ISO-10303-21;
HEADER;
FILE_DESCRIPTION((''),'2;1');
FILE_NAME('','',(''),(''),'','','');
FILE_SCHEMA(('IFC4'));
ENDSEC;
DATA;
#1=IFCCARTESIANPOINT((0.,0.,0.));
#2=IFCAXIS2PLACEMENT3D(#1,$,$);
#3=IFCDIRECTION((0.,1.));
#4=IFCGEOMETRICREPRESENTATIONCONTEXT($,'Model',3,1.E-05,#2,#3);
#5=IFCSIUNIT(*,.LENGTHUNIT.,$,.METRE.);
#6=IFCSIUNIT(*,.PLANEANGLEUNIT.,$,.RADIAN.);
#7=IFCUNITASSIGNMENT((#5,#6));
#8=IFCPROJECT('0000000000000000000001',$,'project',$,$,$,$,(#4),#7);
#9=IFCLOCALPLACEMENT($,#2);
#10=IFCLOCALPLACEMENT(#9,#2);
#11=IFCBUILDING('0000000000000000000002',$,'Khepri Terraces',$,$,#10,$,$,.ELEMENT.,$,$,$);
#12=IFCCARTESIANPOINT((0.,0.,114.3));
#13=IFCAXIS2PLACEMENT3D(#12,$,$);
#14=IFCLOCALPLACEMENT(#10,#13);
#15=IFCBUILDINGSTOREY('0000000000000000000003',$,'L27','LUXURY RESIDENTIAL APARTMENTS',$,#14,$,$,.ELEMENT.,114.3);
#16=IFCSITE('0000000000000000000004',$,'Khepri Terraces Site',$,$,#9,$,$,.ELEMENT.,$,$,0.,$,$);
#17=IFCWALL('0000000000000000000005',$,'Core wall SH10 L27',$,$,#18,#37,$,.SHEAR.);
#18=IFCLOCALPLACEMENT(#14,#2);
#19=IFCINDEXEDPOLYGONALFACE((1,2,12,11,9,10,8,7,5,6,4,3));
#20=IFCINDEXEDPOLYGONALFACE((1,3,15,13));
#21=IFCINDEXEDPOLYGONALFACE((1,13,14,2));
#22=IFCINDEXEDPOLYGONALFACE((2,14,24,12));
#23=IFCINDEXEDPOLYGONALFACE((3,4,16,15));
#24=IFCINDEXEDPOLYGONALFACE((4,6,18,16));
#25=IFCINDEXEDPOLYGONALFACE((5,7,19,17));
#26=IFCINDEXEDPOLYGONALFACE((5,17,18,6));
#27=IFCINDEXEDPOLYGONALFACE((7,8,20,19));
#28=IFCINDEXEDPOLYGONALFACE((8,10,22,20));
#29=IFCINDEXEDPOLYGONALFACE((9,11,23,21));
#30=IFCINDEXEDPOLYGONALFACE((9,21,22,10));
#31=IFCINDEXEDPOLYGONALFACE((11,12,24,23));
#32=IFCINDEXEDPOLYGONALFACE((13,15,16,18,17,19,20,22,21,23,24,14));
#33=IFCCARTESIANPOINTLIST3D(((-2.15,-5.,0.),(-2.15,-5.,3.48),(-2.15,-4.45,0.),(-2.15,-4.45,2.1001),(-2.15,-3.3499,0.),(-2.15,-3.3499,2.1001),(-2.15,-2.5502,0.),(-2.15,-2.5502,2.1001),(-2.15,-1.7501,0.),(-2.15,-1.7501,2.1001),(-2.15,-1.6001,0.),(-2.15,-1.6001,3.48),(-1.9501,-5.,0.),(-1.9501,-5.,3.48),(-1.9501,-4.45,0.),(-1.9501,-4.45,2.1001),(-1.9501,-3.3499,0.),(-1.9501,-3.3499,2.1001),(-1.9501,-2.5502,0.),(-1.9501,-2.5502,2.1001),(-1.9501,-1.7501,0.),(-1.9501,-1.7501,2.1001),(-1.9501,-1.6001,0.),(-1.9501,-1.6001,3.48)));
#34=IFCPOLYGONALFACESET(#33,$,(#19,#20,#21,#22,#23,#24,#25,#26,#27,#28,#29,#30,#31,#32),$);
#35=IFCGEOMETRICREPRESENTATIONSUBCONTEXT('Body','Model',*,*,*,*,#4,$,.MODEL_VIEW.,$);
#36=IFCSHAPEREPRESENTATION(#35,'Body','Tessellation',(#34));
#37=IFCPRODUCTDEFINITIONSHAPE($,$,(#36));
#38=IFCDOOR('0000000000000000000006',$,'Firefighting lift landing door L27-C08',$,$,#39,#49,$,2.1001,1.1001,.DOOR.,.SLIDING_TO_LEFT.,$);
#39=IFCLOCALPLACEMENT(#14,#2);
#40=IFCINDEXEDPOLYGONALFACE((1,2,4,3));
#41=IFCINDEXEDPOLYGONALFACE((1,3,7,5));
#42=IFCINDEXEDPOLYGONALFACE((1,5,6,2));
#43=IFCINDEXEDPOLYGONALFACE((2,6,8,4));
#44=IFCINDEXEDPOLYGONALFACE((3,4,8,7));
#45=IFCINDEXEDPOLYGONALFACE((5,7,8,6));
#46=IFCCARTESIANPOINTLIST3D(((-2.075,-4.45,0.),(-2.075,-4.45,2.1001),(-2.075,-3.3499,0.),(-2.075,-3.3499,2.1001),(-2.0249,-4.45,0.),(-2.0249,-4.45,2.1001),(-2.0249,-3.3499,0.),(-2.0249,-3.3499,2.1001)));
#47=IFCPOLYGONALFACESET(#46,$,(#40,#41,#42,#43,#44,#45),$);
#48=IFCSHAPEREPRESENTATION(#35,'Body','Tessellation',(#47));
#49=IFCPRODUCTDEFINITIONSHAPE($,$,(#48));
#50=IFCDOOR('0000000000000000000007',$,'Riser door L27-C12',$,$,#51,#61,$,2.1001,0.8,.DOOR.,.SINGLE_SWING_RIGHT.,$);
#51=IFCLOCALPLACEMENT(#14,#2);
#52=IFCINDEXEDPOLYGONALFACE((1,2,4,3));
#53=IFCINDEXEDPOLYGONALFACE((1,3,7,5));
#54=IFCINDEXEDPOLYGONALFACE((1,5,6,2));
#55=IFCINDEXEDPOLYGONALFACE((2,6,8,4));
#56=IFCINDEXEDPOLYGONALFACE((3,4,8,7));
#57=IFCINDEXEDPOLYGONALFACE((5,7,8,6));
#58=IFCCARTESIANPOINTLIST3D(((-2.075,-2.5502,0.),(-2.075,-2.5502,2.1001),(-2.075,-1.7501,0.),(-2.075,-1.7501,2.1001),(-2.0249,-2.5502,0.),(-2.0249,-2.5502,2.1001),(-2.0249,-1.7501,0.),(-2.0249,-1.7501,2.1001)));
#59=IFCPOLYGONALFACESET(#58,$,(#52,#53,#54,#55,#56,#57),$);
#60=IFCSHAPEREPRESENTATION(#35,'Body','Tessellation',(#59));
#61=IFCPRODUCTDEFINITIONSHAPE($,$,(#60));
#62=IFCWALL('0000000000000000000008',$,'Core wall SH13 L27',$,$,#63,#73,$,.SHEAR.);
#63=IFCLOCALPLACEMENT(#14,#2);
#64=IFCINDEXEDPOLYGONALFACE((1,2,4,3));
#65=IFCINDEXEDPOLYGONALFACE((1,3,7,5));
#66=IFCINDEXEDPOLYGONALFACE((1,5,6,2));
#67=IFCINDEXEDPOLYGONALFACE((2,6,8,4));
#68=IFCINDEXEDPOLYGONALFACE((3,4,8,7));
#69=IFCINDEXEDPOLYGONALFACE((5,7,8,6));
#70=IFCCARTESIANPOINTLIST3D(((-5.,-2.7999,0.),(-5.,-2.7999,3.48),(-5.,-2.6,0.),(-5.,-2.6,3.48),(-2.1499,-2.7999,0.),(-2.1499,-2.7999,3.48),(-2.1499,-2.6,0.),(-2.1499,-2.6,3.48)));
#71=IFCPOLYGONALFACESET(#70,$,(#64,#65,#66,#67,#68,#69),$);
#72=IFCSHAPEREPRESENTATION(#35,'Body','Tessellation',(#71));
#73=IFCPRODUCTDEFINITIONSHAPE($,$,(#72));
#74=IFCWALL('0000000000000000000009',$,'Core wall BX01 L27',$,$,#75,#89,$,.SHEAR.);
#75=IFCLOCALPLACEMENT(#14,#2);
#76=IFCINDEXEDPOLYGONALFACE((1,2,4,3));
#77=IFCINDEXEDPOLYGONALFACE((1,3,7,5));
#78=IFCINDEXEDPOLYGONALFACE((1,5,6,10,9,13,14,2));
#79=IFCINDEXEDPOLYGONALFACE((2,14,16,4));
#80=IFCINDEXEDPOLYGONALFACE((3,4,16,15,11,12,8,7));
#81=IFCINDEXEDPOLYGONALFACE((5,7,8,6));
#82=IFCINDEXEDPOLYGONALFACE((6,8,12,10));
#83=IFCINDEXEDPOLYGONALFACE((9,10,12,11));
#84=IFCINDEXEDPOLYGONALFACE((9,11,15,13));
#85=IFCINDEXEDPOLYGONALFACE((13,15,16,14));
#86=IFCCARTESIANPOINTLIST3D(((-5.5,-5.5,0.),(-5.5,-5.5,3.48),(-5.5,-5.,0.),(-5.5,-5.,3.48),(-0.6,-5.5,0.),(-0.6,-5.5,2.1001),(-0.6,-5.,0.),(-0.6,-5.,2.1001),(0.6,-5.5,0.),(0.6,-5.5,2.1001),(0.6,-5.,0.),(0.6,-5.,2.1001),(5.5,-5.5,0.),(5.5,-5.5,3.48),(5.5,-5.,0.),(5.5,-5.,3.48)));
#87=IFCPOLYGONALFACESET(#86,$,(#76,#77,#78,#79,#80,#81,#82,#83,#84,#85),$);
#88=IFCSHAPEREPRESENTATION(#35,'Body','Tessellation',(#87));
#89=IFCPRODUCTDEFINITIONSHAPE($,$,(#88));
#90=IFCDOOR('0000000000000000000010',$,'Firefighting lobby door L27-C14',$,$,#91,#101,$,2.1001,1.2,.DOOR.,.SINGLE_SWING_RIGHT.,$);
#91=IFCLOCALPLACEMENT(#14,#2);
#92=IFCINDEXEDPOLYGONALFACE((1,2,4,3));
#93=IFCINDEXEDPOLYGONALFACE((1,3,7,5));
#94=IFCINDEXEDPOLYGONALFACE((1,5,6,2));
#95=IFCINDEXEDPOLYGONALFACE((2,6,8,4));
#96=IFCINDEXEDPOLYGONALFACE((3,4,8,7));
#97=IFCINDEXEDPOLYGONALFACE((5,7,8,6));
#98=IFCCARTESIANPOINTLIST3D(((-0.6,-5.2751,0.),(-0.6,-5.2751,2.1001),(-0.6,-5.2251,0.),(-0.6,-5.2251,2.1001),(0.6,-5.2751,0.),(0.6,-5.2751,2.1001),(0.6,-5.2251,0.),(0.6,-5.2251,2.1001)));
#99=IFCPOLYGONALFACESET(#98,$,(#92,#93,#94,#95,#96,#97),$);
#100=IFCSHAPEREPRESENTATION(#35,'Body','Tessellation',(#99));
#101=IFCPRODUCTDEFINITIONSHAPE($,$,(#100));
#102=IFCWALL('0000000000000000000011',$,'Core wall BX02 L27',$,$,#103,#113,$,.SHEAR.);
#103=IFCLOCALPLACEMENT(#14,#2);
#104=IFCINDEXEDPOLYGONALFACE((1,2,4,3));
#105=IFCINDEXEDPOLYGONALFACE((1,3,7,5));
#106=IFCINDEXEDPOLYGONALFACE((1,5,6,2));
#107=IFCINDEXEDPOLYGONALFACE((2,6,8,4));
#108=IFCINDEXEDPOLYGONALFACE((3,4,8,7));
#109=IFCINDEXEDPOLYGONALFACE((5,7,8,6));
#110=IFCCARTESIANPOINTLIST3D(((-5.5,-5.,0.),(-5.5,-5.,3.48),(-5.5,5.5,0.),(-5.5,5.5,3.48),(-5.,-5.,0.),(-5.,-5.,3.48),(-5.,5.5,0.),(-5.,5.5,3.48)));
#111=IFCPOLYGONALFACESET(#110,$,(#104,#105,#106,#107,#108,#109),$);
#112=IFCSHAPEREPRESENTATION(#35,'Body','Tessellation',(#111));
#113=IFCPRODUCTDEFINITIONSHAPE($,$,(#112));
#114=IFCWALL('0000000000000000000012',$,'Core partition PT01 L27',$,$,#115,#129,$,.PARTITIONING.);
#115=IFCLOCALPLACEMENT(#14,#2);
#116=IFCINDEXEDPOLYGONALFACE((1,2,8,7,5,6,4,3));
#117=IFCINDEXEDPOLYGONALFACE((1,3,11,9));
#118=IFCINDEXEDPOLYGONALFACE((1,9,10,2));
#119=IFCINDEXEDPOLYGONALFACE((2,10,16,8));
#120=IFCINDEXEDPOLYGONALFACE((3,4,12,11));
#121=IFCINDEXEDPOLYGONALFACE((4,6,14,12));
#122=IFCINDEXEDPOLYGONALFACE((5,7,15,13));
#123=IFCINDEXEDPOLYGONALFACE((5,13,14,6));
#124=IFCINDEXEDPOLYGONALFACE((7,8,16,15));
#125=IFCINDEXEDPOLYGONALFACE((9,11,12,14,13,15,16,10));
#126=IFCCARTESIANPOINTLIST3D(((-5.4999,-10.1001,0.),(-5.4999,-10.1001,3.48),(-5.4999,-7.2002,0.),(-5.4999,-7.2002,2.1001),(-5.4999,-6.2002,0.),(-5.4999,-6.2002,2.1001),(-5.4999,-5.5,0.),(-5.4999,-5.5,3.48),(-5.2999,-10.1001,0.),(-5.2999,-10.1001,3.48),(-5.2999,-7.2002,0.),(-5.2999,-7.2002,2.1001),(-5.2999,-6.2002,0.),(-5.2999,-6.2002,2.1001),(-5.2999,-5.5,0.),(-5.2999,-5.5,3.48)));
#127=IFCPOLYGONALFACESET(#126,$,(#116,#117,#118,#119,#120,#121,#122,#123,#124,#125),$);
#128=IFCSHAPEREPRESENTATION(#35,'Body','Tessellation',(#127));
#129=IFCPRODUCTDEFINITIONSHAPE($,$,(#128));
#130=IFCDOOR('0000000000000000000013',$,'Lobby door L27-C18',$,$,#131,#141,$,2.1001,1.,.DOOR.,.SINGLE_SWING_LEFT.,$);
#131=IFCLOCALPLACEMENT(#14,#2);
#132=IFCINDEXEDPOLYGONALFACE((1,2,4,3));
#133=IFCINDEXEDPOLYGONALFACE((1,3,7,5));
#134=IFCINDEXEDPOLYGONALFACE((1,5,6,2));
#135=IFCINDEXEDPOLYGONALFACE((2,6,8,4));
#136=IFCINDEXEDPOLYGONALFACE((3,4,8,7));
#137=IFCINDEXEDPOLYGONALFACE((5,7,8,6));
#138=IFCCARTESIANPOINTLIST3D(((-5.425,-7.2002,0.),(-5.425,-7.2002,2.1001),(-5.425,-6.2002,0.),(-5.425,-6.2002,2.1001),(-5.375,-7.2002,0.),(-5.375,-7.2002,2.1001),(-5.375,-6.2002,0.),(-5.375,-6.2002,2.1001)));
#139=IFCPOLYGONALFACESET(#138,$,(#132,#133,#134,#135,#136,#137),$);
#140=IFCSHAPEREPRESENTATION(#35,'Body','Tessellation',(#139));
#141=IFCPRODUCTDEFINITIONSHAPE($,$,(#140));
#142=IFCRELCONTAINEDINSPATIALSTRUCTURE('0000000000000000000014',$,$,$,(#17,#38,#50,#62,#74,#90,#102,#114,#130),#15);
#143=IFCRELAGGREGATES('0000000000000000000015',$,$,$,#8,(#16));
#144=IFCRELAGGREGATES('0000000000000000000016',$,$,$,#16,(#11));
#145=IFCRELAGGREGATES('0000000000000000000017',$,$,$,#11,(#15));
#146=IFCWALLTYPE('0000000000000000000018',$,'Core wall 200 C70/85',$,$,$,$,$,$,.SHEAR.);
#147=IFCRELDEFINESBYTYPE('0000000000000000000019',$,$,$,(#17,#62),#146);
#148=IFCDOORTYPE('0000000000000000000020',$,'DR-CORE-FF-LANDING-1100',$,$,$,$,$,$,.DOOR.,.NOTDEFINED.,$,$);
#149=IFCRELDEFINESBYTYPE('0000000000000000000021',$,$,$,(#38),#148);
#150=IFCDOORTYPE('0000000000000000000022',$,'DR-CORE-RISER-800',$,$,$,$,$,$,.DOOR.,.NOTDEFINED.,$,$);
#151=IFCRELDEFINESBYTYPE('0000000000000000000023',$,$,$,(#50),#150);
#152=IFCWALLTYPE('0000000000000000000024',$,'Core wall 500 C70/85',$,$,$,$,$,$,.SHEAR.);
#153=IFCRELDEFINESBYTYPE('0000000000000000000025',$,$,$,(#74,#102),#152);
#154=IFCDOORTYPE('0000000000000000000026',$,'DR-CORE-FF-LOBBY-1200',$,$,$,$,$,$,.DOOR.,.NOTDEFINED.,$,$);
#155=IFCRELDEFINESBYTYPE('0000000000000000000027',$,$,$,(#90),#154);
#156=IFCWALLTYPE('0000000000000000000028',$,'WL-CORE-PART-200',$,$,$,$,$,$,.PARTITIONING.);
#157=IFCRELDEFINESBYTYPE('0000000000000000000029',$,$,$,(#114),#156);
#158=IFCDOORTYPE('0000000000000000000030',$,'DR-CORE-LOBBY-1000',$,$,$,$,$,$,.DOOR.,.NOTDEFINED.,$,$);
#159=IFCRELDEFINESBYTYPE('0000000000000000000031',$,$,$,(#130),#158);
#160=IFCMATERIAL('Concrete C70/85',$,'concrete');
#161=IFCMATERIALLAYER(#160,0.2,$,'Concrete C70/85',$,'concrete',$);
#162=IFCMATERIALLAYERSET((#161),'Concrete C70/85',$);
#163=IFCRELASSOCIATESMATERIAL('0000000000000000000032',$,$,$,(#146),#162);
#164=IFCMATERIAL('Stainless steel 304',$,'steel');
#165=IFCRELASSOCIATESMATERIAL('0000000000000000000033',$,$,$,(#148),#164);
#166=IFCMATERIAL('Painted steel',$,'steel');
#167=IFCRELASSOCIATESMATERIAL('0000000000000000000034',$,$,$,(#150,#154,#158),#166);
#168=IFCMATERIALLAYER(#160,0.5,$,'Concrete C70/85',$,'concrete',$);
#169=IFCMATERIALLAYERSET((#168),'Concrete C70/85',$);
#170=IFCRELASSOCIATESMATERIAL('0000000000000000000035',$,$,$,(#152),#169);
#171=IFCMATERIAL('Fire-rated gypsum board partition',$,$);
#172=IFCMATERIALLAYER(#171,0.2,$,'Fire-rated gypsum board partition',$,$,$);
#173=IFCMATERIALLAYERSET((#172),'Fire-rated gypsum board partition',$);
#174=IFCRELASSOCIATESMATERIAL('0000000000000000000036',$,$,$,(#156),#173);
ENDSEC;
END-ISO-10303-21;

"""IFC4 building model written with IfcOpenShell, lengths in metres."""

from ifc_helpers import new_model, si_unit, direction, frame, frame_2d, origin, place, context, subcontext, project, spatial, rectangle, extrude, material, layer, layer_set, type_object, element, fill, save


model = new_model("IFC4")

# Units and contexts
model_context = context("Model", 3, precision=1e-05, world=origin(), true_north=direction((0.0, 1.0)))
body_context = subcontext(model_context, "Body", "Model", "MODEL_VIEW")
ifc_project = project(units=[si_unit("LENGTHUNIT", "METRE"), si_unit("PLANEANGLEUNIT", "RADIAN")], contexts=[model_context])

# Site, building, storey
site_placement = place(None, origin())
site = spatial("IfcSite", under=ifc_project, at=site_placement, Name="Khepri Terraces Site", CompositionType="ELEMENT", RefElevation=0.0)
building_placement = place(site_placement, origin())
building = spatial("IfcBuilding", under=site, at=building_placement, Name="Khepri Terraces", CompositionType="ELEMENT")
storey_placement = place(building_placement, frame((0.0, 0.0, 114.3)))
storey = spatial("IfcBuildingStorey", under=building, at=storey_placement, Name="L27", Description="LUXURY RESIDENTIAL APARTMENTS", CompositionType="ELEMENT", Elevation=114.3)

# Shared definitions
ifc_material_1 = material(Name="Concrete C70/85", Category="concrete")
ifc_layer_1 = layer(ifc_material_1, 0.2, Name="Concrete C70/85", Category="concrete")
ifc_layer_set_1 = layer_set([ifc_layer_1], Name="Concrete C70/85")
wall_type_1 = type_object("IfcWallType", Name="Core wall 200 C70/85", PredefinedType="SHEAR", material=ifc_layer_set_1)

# Shared definitions
ifc_material_2 = material(Name="Painted steel", Category="steel")

# Wall, openings, doors
ifc_material_3 = material(Name="Stainless steel 304", Category="steel")
wall_1_placement = place(storey_placement, frame((-2.05, -5.0, 0.0), z_axis=(0.0, 0.0, 1.0), x_axis=(0.0, 1.0, 0.0)))
wall_1 = element("IfcWall", 1, at=wall_1_placement, inside=storey, type_object=wall_type_1, Name="Core wall SH10 L27", PredefinedType="SHEAR", context=body_context, shape_type="SweptSolid", body=[
    extrude(rectangle(XDim=3.3999, YDim=0.2, at=frame_2d((1.7, 0.0))), origin(), (0.0, 0.0, 1.0), 3.48),
])
opening_1_placement = place(wall_1_placement, frame((0.55, 0.0, 0.0)))
opening_1 = element("IfcOpeningElement", 2, at=opening_1_placement, cuts=wall_1, PredefinedType="OPENING", context=body_context, shape_type="SweptSolid", body=[
    extrude(rectangle(XDim=1.1001, YDim=2.1001, at=frame_2d((0.55, 1.05))), frame((0.0, 0.1099, 0.0), z_axis=(0.0, -1.0, 0.0), x_axis=(1.0, 0.0, 0.0)), (0.0, 0.0, 1.0), 0.22),
])
opening_2_placement = place(wall_1_placement, frame((2.45, 0.0, 0.0)))
opening_2 = element("IfcOpeningElement", 3, at=opening_2_placement, cuts=wall_1, PredefinedType="OPENING", context=body_context, shape_type="SweptSolid", body=[
    extrude(rectangle(XDim=0.8, YDim=2.1001, at=frame_2d((0.3999, 1.05))), frame((0.0, 0.1099, 0.0), z_axis=(0.0, -1.0, 0.0), x_axis=(1.0, 0.0, 0.0)), (0.0, 0.0, 1.0), 0.22),
])
door_type_1 = type_object("IfcDoorType", Name="DR-CORE-FF-LANDING-1100", OperationType="NOTDEFINED", PredefinedType="DOOR", material=ifc_material_3)
door_1_placement = place(opening_1_placement, origin())
door_1 = element("IfcDoor", 4, at=door_1_placement, inside=storey, type_object=door_type_1, Name="Firefighting lift landing door L27-C08", OperationType="SLIDING_TO_LEFT", OverallHeight=2.1001, OverallWidth=1.1001, PredefinedType="DOOR", context=body_context, shape_type="SweptSolid", body=[
    extrude(rectangle(XDim=1.1001, YDim=2.1001, at=frame_2d((0.55, 1.05))), frame((0.0, 0.0249, 0.0), z_axis=(0.0, -1.0, 0.0), x_axis=(1.0, 0.0, 0.0)), (0.0, 0.0, 1.0), 0.05),
])
fill(opening_1, door_1)
door_type_2 = type_object("IfcDoorType", Name="DR-CORE-RISER-800", OperationType="NOTDEFINED", PredefinedType="DOOR", material=ifc_material_2)
door_2_placement = place(opening_2_placement, origin())
door_2 = element("IfcDoor", 5, at=door_2_placement, inside=storey, type_object=door_type_2, Name="Riser door L27-C12", OperationType="SINGLE_SWING_RIGHT", OverallHeight=2.1001, OverallWidth=0.8, PredefinedType="DOOR", context=body_context, shape_type="SweptSolid", body=[
    extrude(rectangle(XDim=0.8, YDim=2.1001, at=frame_2d((0.3999, 1.05))), frame((0.0, 0.0249, 0.0), z_axis=(0.0, -1.0, 0.0), x_axis=(1.0, 0.0, 0.0)), (0.0, 0.0, 1.0), 0.05),
])
fill(opening_2, door_2)

# Wall
wall_2_placement = place(storey_placement, frame((-5.0, -2.7, 0.0), z_axis=(0.0, 0.0, 1.0), x_axis=(1.0, 0.0, 0.0)))
element("IfcWall", 6, at=wall_2_placement, inside=storey, type_object=wall_type_1, Name="Core wall SH13 L27", PredefinedType="SHEAR", context=body_context, shape_type="SweptSolid", body=[
    extrude(rectangle(XDim=2.8501, YDim=0.2, at=frame_2d((1.425, 0.0))), origin(), (0.0, 0.0, 1.0), 3.48),
])

# Wall, opening, door
ifc_layer_2 = layer(ifc_material_1, 0.5, Name="Concrete C70/85", Category="concrete")
ifc_layer_set_2 = layer_set([ifc_layer_2], Name="Concrete C70/85")
wall_type_2 = type_object("IfcWallType", Name="Core wall 500 C70/85", PredefinedType="SHEAR", material=ifc_layer_set_2)
wall_3_placement = place(storey_placement, frame((-5.5, -5.25, 0.0), z_axis=(0.0, 0.0, 1.0), x_axis=(1.0, 0.0, 0.0)))
wall_3 = element("IfcWall", 7, at=wall_3_placement, inside=storey, type_object=wall_type_2, Name="Core wall BX01 L27", PredefinedType="SHEAR", context=body_context, shape_type="SweptSolid", body=[
    extrude(rectangle(XDim=11.0, YDim=0.5, at=frame_2d((5.5, 0.0))), origin(), (0.0, 0.0, 1.0), 3.48),
])
opening_3_placement = place(wall_3_placement, frame((4.8999, 0.0, 0.0)))
opening_3 = element("IfcOpeningElement", 8, at=opening_3_placement, cuts=wall_3, PredefinedType="OPENING", context=body_context, shape_type="SweptSolid", body=[
    extrude(rectangle(XDim=1.2, YDim=2.1001, at=frame_2d((0.6001, 1.05))), frame((0.0, 0.26, 0.0), z_axis=(0.0, -1.0, 0.0), x_axis=(1.0, 0.0, 0.0)), (0.0, 0.0, 1.0), 0.52),
])
door_type_3 = type_object("IfcDoorType", Name="DR-CORE-FF-LOBBY-1200", OperationType="NOTDEFINED", PredefinedType="DOOR", material=ifc_material_2)
door_3_placement = place(opening_3_placement, origin())
door_3 = element("IfcDoor", 9, at=door_3_placement, inside=storey, type_object=door_type_3, Name="Firefighting lobby door L27-C14", OperationType="SINGLE_SWING_RIGHT", OverallHeight=2.1001, OverallWidth=1.2, PredefinedType="DOOR", context=body_context, shape_type="SweptSolid", body=[
    extrude(rectangle(XDim=1.2, YDim=2.1001, at=frame_2d((0.6001, 1.05))), frame((0.0, 0.0249, 0.0), z_axis=(0.0, -1.0, 0.0), x_axis=(1.0, 0.0, 0.0)), (0.0, 0.0, 1.0), 0.05),
])
fill(opening_3, door_3)

# Wall
wall_4_placement = place(storey_placement, frame((-5.25, -5.0, 0.0), z_axis=(0.0, 0.0, 1.0), x_axis=(0.0, 1.0, 0.0)))
element("IfcWall", 10, at=wall_4_placement, inside=storey, type_object=wall_type_2, Name="Core wall BX02 L27", PredefinedType="SHEAR", context=body_context, shape_type="SweptSolid", body=[
    extrude(rectangle(XDim=10.5, YDim=0.5, at=frame_2d((5.25, 0.0))), origin(), (0.0, 0.0, 1.0), 3.48),
])

# Wall, opening, door
ifc_material_4 = material(Name="Fire-rated gypsum board partition")
ifc_layer_3 = layer(ifc_material_4, 0.2, Name="Fire-rated gypsum board partition")
ifc_layer_set_3 = layer_set([ifc_layer_3], Name="Fire-rated gypsum board partition")
wall_type_3 = type_object("IfcWallType", Name="WL-CORE-PART-200", PredefinedType="PARTITIONING", material=ifc_layer_set_3)
wall_5_placement = place(storey_placement, frame((-5.3999, -10.1001, 0.0), z_axis=(0.0, 0.0, 1.0), x_axis=(0.0, 1.0, 0.0)))
wall_5 = element("IfcWall", 11, at=wall_5_placement, inside=storey, type_object=wall_type_3, Name="Core partition PT01 L27", PredefinedType="PARTITIONING", context=body_context, shape_type="SweptSolid", body=[
    extrude(rectangle(XDim=4.6001, YDim=0.2, at=frame_2d((2.3, 0.0))), origin(), (0.0, 0.0, 1.0), 3.48),
])
opening_4_placement = place(wall_5_placement, frame((2.8999, 0.0, 0.0)))
opening_4 = element("IfcOpeningElement", 12, at=opening_4_placement, cuts=wall_5, PredefinedType="OPENING", context=body_context, shape_type="SweptSolid", body=[
    extrude(rectangle(XDim=1.0, YDim=2.1001, at=frame_2d((0.5, 1.05))), frame((0.0, 0.1099, 0.0), z_axis=(0.0, -1.0, 0.0), x_axis=(1.0, 0.0, 0.0)), (0.0, 0.0, 1.0), 0.22),
])
door_type_4 = type_object("IfcDoorType", Name="DR-CORE-LOBBY-1000", OperationType="NOTDEFINED", PredefinedType="DOOR", material=ifc_material_2)
door_4_placement = place(opening_4_placement, frame((1.0, 0.0, 0.0), z_axis=(0.0, 0.0, 1.0), x_axis=(-1.0, 0.0, 0.0)))
door_4 = element("IfcDoor", 13, at=door_4_placement, inside=storey, type_object=door_type_4, Name="Lobby door L27-C18", OperationType="SINGLE_SWING_LEFT", OverallHeight=2.1001, OverallWidth=1.0, PredefinedType="DOOR", context=body_context, shape_type="SweptSolid", body=[
    extrude(rectangle(XDim=1.0, YDim=2.1001, at=frame_2d((0.5, 1.05))), frame((0.0, 0.0249, 0.0), z_axis=(0.0, -1.0, 0.0), x_axis=(1.0, 0.0, 0.0)), (0.0, 0.0, 1.0), 0.05),
])
fill(opening_4, door_4)

save(model, "model.ifc")
